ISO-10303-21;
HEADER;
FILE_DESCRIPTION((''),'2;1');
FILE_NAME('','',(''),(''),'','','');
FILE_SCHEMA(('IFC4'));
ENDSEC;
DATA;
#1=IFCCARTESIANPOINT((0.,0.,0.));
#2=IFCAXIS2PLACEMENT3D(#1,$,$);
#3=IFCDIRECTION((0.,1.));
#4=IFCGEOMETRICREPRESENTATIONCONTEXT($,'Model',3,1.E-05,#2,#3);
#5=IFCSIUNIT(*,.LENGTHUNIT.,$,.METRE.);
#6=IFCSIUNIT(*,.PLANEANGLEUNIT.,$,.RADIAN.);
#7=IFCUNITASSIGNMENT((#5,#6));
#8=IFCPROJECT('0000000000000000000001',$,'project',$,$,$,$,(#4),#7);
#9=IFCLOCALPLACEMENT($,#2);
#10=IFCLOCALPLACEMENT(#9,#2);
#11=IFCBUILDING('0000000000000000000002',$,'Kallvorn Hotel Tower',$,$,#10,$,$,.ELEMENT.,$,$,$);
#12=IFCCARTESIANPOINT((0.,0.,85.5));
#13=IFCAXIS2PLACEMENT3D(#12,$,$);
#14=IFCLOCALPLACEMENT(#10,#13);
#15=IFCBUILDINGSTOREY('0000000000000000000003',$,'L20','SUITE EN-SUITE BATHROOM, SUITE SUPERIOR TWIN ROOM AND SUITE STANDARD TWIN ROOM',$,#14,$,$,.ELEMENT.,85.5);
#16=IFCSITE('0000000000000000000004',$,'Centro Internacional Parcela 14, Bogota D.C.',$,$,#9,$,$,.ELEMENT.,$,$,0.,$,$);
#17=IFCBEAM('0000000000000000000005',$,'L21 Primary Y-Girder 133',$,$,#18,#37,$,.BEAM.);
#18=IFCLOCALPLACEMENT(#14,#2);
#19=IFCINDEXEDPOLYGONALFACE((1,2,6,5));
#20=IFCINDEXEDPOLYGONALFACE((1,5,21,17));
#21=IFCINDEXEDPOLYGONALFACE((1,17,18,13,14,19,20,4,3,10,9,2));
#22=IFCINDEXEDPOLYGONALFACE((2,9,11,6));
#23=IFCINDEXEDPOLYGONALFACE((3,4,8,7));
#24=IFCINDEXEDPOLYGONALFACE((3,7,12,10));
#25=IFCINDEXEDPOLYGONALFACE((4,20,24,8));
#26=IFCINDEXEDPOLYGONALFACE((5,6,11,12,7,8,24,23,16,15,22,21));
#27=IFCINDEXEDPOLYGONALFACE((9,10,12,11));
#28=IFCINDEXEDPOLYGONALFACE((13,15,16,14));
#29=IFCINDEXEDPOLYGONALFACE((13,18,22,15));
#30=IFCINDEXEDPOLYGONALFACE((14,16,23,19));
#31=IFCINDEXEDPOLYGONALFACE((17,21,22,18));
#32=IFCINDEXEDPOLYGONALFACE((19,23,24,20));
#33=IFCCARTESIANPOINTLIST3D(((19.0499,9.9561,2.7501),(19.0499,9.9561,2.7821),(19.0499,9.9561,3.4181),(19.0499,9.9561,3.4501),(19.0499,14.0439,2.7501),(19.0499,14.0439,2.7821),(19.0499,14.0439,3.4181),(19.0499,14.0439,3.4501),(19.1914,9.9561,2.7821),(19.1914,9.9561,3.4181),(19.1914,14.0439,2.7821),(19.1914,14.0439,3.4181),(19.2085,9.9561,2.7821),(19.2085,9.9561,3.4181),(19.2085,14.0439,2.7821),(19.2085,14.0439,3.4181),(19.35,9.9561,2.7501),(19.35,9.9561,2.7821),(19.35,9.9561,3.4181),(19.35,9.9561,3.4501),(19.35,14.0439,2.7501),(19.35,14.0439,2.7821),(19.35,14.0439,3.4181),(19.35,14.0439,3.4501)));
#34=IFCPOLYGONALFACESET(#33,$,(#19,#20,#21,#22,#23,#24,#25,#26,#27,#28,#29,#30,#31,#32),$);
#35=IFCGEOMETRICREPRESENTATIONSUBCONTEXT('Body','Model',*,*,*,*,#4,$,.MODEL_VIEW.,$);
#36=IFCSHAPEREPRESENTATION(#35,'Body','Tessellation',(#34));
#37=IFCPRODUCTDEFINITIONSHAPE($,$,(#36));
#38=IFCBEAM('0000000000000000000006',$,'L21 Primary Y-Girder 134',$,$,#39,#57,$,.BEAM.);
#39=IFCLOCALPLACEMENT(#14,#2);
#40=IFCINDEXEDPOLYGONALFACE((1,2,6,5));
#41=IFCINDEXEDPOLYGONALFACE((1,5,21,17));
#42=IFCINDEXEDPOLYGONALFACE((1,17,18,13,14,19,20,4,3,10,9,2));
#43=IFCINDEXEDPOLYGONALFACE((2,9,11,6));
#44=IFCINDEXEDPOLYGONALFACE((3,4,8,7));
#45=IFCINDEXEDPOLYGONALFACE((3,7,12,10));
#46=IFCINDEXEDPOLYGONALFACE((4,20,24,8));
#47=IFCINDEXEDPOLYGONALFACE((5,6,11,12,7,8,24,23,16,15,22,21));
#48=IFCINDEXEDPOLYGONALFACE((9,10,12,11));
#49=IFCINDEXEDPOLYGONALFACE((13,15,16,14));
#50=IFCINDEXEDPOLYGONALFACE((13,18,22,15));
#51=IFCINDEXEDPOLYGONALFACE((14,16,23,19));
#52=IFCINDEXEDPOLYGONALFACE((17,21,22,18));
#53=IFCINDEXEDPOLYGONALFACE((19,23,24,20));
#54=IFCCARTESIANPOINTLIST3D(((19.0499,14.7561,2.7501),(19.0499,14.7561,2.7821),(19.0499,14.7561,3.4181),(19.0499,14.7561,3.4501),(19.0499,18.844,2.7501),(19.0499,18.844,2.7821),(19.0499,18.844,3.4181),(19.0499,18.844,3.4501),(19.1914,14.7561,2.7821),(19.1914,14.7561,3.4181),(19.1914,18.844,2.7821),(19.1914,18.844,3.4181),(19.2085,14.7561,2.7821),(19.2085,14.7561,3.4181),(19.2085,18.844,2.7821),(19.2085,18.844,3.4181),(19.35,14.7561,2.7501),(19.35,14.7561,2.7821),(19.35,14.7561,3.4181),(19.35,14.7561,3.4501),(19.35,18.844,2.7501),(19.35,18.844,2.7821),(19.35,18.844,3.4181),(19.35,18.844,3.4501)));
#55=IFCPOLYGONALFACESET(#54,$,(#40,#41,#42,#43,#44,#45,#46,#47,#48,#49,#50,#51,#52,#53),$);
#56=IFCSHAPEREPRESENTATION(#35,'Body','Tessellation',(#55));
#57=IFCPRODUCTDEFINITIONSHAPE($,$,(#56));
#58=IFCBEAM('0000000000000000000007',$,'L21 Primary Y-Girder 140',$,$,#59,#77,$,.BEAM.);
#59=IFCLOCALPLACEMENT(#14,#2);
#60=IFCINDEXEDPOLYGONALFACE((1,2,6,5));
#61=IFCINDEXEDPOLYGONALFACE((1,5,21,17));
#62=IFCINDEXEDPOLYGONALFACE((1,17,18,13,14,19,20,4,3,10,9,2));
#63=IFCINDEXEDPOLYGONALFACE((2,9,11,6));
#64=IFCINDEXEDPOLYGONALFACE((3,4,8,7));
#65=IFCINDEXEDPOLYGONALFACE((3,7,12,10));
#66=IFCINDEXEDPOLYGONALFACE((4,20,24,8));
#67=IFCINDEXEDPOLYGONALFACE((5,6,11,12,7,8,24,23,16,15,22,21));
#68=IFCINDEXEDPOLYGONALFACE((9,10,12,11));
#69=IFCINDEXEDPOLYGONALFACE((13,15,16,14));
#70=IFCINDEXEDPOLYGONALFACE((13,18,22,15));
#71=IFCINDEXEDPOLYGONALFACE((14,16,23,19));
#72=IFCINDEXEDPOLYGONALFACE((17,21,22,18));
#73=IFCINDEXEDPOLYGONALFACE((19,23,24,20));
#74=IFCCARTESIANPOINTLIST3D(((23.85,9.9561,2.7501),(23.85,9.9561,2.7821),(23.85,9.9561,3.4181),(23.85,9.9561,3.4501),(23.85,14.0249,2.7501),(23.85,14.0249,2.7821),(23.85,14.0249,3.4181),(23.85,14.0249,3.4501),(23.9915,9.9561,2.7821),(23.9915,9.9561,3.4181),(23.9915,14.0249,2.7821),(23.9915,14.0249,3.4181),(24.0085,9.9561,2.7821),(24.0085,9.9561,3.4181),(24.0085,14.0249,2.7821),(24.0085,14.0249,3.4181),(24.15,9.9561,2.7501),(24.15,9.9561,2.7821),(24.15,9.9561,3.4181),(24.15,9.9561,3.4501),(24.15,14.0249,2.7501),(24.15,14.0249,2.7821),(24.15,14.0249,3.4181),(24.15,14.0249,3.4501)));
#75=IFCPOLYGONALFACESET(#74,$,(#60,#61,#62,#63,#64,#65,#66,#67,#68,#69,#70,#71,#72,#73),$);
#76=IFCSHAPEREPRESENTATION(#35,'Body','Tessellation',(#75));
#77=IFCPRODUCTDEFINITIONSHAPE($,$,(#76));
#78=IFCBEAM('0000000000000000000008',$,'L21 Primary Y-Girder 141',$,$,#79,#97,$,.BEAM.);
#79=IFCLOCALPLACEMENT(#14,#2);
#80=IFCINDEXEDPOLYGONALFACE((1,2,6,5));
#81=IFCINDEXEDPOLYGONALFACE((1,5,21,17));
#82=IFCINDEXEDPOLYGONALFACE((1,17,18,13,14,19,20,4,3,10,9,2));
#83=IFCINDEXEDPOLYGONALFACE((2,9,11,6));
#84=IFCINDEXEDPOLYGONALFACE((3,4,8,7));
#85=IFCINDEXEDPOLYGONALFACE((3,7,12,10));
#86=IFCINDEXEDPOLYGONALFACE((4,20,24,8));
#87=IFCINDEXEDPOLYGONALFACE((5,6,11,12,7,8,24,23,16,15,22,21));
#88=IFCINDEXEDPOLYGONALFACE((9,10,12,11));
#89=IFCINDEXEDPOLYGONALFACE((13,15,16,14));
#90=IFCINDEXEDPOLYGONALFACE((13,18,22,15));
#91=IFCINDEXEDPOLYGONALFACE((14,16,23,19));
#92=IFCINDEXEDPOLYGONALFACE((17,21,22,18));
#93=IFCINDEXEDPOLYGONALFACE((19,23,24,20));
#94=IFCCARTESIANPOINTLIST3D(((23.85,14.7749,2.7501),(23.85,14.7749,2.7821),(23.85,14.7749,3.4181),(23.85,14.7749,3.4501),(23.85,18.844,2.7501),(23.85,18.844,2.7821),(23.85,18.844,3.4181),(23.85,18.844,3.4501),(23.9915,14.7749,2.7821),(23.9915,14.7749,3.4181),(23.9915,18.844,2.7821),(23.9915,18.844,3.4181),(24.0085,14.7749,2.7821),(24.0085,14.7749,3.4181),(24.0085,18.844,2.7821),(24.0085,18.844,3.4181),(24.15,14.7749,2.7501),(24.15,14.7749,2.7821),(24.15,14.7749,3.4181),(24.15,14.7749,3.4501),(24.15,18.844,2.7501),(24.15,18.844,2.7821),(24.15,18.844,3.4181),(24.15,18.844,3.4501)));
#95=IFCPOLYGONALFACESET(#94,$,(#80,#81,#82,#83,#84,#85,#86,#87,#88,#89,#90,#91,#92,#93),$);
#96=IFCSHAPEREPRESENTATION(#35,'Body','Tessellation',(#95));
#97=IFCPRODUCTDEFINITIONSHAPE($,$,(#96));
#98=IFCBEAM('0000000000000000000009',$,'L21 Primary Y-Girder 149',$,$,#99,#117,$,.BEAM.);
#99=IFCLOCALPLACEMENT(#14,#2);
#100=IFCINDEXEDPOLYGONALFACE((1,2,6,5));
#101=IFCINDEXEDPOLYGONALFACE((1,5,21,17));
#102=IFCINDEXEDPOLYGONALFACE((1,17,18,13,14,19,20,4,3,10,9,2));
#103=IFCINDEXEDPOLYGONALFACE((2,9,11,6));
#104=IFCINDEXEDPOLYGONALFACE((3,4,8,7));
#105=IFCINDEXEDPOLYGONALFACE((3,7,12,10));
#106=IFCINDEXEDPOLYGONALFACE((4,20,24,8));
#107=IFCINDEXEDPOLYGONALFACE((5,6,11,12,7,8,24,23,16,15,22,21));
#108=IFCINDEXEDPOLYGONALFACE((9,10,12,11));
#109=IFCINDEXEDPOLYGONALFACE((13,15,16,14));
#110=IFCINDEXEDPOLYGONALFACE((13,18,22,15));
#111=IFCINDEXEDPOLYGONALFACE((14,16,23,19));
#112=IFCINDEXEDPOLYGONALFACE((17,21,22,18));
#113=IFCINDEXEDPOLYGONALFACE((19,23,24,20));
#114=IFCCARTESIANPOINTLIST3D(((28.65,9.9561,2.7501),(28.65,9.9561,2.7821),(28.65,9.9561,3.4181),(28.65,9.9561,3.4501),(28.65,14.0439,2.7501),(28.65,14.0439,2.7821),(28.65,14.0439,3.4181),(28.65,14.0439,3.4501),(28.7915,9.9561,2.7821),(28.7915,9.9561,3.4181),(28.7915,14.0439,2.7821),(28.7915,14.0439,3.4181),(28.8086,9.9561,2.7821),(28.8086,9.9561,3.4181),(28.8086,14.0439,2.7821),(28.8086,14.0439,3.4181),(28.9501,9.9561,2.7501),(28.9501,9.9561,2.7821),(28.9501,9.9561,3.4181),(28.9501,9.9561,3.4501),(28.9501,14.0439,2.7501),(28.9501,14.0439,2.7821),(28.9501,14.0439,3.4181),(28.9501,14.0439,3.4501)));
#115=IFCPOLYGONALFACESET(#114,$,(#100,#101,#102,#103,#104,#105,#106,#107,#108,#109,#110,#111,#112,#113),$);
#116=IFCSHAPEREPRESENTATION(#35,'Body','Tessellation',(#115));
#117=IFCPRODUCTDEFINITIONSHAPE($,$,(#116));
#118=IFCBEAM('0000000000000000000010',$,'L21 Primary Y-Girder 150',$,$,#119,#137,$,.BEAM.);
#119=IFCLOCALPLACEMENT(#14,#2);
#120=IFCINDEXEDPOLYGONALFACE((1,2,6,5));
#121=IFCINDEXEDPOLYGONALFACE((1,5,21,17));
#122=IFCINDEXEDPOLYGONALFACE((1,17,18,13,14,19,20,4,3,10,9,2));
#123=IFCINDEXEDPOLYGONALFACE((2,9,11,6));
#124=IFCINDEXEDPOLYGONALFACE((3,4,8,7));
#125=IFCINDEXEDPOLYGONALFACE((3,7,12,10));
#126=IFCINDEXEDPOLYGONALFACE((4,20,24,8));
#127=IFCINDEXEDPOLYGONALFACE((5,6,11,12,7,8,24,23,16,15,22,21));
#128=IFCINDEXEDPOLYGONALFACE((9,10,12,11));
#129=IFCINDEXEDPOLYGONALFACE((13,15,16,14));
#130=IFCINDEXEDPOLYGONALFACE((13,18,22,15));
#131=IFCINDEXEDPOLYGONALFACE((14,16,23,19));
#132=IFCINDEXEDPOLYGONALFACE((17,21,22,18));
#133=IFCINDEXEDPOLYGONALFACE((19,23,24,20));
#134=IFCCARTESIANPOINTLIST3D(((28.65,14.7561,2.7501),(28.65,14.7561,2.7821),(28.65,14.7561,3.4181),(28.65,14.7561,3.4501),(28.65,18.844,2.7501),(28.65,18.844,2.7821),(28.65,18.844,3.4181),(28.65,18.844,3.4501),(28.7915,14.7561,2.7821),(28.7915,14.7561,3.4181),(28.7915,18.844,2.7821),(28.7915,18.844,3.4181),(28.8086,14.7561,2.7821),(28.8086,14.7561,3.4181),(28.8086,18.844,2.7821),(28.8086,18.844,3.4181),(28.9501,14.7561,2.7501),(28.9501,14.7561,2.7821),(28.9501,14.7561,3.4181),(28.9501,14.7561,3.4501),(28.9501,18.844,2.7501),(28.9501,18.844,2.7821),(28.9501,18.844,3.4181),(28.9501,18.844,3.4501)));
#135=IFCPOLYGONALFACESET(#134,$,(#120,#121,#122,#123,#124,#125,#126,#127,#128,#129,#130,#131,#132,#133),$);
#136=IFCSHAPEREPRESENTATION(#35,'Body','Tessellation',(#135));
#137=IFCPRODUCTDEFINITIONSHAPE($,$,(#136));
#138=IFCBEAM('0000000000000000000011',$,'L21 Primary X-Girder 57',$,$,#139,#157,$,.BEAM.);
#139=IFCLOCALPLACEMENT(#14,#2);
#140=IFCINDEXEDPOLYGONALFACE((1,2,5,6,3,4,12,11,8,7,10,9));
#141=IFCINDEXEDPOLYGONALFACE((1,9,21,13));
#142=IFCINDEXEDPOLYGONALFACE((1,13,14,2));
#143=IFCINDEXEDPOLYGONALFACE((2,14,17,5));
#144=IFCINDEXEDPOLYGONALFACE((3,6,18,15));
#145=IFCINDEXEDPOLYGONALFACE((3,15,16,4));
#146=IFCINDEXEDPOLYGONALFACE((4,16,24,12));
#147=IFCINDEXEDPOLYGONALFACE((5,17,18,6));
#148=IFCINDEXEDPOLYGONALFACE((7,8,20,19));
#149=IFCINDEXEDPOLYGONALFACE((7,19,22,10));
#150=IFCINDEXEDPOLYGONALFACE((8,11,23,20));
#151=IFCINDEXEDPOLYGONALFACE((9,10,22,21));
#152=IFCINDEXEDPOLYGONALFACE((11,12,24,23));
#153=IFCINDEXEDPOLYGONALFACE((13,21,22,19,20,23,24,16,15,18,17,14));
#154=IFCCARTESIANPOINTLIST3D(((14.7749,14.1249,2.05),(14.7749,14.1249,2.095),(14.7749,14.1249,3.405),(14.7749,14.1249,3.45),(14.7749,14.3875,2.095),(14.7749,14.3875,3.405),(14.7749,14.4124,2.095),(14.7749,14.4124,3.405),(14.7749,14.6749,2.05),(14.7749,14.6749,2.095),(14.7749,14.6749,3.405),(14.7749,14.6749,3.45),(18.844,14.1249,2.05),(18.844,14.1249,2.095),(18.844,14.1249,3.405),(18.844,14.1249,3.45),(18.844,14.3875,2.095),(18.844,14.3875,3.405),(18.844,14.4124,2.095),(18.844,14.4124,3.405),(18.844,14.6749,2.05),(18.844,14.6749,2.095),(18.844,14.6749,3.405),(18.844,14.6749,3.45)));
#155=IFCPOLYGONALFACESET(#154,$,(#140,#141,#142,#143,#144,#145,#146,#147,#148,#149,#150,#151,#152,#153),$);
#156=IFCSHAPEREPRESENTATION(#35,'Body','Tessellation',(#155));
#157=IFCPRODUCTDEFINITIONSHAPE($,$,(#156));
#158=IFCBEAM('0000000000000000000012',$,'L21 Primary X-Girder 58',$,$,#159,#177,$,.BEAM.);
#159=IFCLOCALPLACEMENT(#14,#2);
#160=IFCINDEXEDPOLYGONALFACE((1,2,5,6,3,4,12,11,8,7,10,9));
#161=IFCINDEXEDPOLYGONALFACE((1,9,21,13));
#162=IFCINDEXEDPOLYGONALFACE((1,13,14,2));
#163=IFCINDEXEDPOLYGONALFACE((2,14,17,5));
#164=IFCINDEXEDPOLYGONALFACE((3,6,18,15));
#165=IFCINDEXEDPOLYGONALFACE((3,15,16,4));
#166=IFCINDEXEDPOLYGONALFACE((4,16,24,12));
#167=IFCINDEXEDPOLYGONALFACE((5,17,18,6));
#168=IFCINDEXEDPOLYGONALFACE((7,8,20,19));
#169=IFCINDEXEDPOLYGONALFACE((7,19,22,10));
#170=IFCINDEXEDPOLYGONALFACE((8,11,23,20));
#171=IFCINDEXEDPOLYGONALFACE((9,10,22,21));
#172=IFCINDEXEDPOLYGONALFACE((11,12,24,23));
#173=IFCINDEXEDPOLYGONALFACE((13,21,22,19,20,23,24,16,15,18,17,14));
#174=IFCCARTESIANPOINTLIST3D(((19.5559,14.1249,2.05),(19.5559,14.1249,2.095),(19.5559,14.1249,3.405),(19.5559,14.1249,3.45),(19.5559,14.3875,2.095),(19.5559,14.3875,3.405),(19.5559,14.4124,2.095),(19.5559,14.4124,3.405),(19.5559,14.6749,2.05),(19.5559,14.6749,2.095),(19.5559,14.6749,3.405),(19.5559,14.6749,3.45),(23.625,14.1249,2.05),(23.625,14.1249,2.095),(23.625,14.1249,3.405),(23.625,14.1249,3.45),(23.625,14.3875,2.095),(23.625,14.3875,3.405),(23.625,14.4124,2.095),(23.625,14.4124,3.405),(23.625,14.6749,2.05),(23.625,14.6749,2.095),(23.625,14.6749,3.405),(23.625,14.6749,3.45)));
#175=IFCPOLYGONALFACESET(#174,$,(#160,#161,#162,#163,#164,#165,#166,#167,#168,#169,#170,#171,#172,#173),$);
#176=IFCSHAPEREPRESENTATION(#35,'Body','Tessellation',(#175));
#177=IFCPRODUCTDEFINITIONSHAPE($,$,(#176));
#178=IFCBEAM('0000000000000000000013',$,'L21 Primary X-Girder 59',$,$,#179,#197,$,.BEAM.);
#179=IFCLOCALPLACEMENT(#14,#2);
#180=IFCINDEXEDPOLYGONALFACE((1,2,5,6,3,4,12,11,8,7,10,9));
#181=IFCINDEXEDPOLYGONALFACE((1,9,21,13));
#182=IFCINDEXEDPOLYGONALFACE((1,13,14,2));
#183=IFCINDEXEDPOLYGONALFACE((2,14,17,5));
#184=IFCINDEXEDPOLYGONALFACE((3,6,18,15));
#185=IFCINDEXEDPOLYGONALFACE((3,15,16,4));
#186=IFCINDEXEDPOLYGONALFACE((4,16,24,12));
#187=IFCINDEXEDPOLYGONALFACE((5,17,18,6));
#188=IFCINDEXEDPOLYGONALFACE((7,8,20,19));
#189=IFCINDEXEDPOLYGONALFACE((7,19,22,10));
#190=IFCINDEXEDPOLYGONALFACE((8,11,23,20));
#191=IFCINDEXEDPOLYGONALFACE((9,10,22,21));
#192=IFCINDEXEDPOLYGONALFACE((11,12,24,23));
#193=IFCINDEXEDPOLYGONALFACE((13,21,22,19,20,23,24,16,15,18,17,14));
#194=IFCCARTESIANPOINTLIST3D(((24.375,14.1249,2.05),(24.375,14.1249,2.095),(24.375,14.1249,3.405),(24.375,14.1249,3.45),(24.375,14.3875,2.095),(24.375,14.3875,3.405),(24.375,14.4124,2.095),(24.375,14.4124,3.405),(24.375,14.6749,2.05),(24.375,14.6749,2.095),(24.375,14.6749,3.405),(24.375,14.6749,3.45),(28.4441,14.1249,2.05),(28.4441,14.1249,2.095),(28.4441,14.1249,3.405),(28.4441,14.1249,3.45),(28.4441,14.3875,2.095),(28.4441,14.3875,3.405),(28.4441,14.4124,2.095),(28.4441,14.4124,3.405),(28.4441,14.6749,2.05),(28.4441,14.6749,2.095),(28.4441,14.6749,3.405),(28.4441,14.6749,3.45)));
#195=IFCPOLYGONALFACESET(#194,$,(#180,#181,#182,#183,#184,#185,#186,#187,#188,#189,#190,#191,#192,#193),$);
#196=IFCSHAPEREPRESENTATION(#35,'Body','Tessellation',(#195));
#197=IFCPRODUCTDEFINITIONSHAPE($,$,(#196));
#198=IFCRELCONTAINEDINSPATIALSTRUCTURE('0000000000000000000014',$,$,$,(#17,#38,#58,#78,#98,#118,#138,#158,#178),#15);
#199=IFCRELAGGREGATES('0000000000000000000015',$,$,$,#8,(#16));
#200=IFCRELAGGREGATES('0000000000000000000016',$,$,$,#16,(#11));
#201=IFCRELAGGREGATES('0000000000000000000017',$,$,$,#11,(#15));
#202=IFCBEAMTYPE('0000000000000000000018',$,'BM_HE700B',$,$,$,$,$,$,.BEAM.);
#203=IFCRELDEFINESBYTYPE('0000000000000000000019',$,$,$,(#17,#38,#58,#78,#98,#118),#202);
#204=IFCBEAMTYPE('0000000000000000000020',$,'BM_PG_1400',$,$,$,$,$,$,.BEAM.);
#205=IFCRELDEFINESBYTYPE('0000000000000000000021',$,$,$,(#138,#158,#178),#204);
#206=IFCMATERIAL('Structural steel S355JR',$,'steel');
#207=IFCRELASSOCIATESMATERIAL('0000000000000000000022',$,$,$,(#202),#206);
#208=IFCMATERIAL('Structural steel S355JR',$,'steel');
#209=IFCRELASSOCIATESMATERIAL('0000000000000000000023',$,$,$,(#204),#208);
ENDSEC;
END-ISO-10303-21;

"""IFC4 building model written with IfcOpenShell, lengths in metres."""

from ifc_helpers import new_model, si_unit, direction, frame, origin, origin_2d, place, context, subcontext, project, spatial, i_section, extrude, material, material_profile, profile_set, type_object, element, save


model = new_model("IFC4")

# Units and contexts
model_context = context("Model", 3, precision=1e-05, world=origin(), true_north=direction((0.0, 1.0)))
body_context = subcontext(model_context, "Body", "Model", "MODEL_VIEW")
ifc_project = project(units=[si_unit("LENGTHUNIT", "METRE"), si_unit("PLANEANGLEUNIT", "RADIAN")], contexts=[model_context])

# Site, building, storey
site_placement = place(None, origin())
site = spatial("IfcSite", under=ifc_project, at=site_placement, Name="Centro Internacional Parcela 14, Bogota D.C.", CompositionType="ELEMENT", RefElevation=0.0)
building_placement = place(site_placement, origin())
building = spatial("IfcBuilding", under=site, at=building_placement, Name="Kallvorn Hotel Tower", CompositionType="ELEMENT")
storey_placement = place(building_placement, frame((0.0, 0.0, 85.5)))
storey = spatial("IfcBuildingStorey", under=building, at=storey_placement, Name="L20", Description="SUITE EN-SUITE BATHROOM, SUITE SUPERIOR TWIN ROOM AND SUITE STANDARD TWIN ROOM", CompositionType="ELEMENT", Elevation=85.5)

# Beams
ifc_material_1 = material(Name="Structural steel S355JR", Category="steel")
ifc_material_profile_1 = material_profile(ifc_material_1, i_section(OverallWidth=0.3, OverallDepth=0.7, WebThickness=0.0171, FlangeThickness=0.032, at=origin_2d()), Name="HE 700 B")
ifc_profile_set_1 = profile_set([ifc_material_profile_1], Name="Structural steel S355JR")
beam_type_1 = type_object("IfcBeamType", Name="BM_HE700B", PredefinedType="BEAM", material=ifc_profile_set_1)
for number, where, z_axis, x_axis, name in (
    (1, (19.2, 9.9561, 3.1001), (0.0, 1.0, 0.0), (-1.0, 0.0, 0.0), "L21 Primary Y-Girder 133"),
    (2, (19.2, 14.7561, 3.1001), (0.0, 1.0, 0.0), (-1.0, 0.0, 0.0), "L21 Primary Y-Girder 134"),
):
    element("IfcBeam", number, at=place(storey_placement, frame(where, z_axis=z_axis, x_axis=x_axis)), inside=storey, type_object=beam_type_1, Name=name, PredefinedType="BEAM", context=body_context, shape_type="SweptSolid", body=[
        extrude(i_section(OverallWidth=0.3, OverallDepth=0.7, WebThickness=0.0171, FlangeThickness=0.032, at=origin_2d()), origin(), (0.0, 0.0, 1.0), 4.0879),
    ])
beam_1_placement = place(storey_placement, frame((24.0, 9.9561, 3.1001), z_axis=(0.0, 1.0, 0.0), x_axis=(-1.0, 0.0, 0.0)))
element("IfcBeam", 3, at=beam_1_placement, inside=storey, type_object=beam_type_1, Name="L21 Primary Y-Girder 140", PredefinedType="BEAM", context=body_context, shape_type="SweptSolid", body=[
    extrude(i_section(OverallWidth=0.3, OverallDepth=0.7, WebThickness=0.0171, FlangeThickness=0.032, at=origin_2d()), origin(), (0.0, 0.0, 1.0), 4.0688),
])
beam_2_placement = place(storey_placement, frame((24.0, 14.7749, 3.1001), z_axis=(0.0, 1.0, 0.0), x_axis=(-1.0, 0.0, 0.0)))
element("IfcBeam", 4, at=beam_2_placement, inside=storey, type_object=beam_type_1, Name="L21 Primary Y-Girder 141", PredefinedType="BEAM", context=body_context, shape_type="SweptSolid", body=[
    extrude(i_section(OverallWidth=0.3, OverallDepth=0.7, WebThickness=0.0171, FlangeThickness=0.032, at=origin_2d()), origin(), (0.0, 0.0, 1.0), 4.0691),
])
for number, where, z_axis, x_axis, name in (
    (5, (28.8, 9.9561, 3.1001), (0.0, 1.0, 0.0), (-1.0, 0.0, 0.0), "L21 Primary Y-Girder 149"),
    (6, (28.8, 14.7561, 3.1001), (0.0, 1.0, 0.0), (-1.0, 0.0, 0.0), "L21 Primary Y-Girder 150"),
):
    element("IfcBeam", number, at=place(storey_placement, frame(where, z_axis=z_axis, x_axis=x_axis)), inside=storey, type_object=beam_type_1, Name=name, PredefinedType="BEAM", context=body_context, shape_type="SweptSolid", body=[
        extrude(i_section(OverallWidth=0.3, OverallDepth=0.7, WebThickness=0.0171, FlangeThickness=0.032, at=origin_2d()), origin(), (0.0, 0.0, 1.0), 4.0879),
    ])
ifc_material_2 = material(Name="Structural steel S355JR", Category="steel")
ifc_material_profile_2 = material_profile(ifc_material_2, i_section(OverallWidth=0.55, OverallDepth=1.3999, WebThickness=0.0249, FlangeThickness=0.0449, at=origin_2d()), Name="PG 1400x550x25x45")
ifc_profile_set_2 = profile_set([ifc_material_profile_2], Name="Structural steel S355JR")
beam_type_2 = type_object("IfcBeamType", Name="BM_PG_1400", PredefinedType="BEAM", material=ifc_profile_set_2)
for number, where, z_axis, x_axis, name in (
    (7, (14.7749, 14.3999, 2.75), (1.0, 0.0, 0.0), (0.0, 1.0, 0.0), "L21 Primary X-Girder 57"),
    (8, (19.5559, 14.3999, 2.75), (1.0, 0.0, 0.0), (0.0, 1.0, 0.0), "L21 Primary X-Girder 58"),
    (9, (24.375, 14.3999, 2.75), (1.0, 0.0, 0.0), (0.0, 1.0, 0.0), "L21 Primary X-Girder 59"),
):
    element("IfcBeam", number, at=place(storey_placement, frame(where, z_axis=z_axis, x_axis=x_axis)), inside=storey, type_object=beam_type_2, Name=name, PredefinedType="BEAM", context=body_context, shape_type="SweptSolid", body=[
        extrude(i_section(OverallWidth=0.55, OverallDepth=1.3999, WebThickness=0.0249, FlangeThickness=0.0449, at=origin_2d()), origin(), (0.0, 0.0, 1.0), 4.0691),
    ])

save(model, "model.ifc")
